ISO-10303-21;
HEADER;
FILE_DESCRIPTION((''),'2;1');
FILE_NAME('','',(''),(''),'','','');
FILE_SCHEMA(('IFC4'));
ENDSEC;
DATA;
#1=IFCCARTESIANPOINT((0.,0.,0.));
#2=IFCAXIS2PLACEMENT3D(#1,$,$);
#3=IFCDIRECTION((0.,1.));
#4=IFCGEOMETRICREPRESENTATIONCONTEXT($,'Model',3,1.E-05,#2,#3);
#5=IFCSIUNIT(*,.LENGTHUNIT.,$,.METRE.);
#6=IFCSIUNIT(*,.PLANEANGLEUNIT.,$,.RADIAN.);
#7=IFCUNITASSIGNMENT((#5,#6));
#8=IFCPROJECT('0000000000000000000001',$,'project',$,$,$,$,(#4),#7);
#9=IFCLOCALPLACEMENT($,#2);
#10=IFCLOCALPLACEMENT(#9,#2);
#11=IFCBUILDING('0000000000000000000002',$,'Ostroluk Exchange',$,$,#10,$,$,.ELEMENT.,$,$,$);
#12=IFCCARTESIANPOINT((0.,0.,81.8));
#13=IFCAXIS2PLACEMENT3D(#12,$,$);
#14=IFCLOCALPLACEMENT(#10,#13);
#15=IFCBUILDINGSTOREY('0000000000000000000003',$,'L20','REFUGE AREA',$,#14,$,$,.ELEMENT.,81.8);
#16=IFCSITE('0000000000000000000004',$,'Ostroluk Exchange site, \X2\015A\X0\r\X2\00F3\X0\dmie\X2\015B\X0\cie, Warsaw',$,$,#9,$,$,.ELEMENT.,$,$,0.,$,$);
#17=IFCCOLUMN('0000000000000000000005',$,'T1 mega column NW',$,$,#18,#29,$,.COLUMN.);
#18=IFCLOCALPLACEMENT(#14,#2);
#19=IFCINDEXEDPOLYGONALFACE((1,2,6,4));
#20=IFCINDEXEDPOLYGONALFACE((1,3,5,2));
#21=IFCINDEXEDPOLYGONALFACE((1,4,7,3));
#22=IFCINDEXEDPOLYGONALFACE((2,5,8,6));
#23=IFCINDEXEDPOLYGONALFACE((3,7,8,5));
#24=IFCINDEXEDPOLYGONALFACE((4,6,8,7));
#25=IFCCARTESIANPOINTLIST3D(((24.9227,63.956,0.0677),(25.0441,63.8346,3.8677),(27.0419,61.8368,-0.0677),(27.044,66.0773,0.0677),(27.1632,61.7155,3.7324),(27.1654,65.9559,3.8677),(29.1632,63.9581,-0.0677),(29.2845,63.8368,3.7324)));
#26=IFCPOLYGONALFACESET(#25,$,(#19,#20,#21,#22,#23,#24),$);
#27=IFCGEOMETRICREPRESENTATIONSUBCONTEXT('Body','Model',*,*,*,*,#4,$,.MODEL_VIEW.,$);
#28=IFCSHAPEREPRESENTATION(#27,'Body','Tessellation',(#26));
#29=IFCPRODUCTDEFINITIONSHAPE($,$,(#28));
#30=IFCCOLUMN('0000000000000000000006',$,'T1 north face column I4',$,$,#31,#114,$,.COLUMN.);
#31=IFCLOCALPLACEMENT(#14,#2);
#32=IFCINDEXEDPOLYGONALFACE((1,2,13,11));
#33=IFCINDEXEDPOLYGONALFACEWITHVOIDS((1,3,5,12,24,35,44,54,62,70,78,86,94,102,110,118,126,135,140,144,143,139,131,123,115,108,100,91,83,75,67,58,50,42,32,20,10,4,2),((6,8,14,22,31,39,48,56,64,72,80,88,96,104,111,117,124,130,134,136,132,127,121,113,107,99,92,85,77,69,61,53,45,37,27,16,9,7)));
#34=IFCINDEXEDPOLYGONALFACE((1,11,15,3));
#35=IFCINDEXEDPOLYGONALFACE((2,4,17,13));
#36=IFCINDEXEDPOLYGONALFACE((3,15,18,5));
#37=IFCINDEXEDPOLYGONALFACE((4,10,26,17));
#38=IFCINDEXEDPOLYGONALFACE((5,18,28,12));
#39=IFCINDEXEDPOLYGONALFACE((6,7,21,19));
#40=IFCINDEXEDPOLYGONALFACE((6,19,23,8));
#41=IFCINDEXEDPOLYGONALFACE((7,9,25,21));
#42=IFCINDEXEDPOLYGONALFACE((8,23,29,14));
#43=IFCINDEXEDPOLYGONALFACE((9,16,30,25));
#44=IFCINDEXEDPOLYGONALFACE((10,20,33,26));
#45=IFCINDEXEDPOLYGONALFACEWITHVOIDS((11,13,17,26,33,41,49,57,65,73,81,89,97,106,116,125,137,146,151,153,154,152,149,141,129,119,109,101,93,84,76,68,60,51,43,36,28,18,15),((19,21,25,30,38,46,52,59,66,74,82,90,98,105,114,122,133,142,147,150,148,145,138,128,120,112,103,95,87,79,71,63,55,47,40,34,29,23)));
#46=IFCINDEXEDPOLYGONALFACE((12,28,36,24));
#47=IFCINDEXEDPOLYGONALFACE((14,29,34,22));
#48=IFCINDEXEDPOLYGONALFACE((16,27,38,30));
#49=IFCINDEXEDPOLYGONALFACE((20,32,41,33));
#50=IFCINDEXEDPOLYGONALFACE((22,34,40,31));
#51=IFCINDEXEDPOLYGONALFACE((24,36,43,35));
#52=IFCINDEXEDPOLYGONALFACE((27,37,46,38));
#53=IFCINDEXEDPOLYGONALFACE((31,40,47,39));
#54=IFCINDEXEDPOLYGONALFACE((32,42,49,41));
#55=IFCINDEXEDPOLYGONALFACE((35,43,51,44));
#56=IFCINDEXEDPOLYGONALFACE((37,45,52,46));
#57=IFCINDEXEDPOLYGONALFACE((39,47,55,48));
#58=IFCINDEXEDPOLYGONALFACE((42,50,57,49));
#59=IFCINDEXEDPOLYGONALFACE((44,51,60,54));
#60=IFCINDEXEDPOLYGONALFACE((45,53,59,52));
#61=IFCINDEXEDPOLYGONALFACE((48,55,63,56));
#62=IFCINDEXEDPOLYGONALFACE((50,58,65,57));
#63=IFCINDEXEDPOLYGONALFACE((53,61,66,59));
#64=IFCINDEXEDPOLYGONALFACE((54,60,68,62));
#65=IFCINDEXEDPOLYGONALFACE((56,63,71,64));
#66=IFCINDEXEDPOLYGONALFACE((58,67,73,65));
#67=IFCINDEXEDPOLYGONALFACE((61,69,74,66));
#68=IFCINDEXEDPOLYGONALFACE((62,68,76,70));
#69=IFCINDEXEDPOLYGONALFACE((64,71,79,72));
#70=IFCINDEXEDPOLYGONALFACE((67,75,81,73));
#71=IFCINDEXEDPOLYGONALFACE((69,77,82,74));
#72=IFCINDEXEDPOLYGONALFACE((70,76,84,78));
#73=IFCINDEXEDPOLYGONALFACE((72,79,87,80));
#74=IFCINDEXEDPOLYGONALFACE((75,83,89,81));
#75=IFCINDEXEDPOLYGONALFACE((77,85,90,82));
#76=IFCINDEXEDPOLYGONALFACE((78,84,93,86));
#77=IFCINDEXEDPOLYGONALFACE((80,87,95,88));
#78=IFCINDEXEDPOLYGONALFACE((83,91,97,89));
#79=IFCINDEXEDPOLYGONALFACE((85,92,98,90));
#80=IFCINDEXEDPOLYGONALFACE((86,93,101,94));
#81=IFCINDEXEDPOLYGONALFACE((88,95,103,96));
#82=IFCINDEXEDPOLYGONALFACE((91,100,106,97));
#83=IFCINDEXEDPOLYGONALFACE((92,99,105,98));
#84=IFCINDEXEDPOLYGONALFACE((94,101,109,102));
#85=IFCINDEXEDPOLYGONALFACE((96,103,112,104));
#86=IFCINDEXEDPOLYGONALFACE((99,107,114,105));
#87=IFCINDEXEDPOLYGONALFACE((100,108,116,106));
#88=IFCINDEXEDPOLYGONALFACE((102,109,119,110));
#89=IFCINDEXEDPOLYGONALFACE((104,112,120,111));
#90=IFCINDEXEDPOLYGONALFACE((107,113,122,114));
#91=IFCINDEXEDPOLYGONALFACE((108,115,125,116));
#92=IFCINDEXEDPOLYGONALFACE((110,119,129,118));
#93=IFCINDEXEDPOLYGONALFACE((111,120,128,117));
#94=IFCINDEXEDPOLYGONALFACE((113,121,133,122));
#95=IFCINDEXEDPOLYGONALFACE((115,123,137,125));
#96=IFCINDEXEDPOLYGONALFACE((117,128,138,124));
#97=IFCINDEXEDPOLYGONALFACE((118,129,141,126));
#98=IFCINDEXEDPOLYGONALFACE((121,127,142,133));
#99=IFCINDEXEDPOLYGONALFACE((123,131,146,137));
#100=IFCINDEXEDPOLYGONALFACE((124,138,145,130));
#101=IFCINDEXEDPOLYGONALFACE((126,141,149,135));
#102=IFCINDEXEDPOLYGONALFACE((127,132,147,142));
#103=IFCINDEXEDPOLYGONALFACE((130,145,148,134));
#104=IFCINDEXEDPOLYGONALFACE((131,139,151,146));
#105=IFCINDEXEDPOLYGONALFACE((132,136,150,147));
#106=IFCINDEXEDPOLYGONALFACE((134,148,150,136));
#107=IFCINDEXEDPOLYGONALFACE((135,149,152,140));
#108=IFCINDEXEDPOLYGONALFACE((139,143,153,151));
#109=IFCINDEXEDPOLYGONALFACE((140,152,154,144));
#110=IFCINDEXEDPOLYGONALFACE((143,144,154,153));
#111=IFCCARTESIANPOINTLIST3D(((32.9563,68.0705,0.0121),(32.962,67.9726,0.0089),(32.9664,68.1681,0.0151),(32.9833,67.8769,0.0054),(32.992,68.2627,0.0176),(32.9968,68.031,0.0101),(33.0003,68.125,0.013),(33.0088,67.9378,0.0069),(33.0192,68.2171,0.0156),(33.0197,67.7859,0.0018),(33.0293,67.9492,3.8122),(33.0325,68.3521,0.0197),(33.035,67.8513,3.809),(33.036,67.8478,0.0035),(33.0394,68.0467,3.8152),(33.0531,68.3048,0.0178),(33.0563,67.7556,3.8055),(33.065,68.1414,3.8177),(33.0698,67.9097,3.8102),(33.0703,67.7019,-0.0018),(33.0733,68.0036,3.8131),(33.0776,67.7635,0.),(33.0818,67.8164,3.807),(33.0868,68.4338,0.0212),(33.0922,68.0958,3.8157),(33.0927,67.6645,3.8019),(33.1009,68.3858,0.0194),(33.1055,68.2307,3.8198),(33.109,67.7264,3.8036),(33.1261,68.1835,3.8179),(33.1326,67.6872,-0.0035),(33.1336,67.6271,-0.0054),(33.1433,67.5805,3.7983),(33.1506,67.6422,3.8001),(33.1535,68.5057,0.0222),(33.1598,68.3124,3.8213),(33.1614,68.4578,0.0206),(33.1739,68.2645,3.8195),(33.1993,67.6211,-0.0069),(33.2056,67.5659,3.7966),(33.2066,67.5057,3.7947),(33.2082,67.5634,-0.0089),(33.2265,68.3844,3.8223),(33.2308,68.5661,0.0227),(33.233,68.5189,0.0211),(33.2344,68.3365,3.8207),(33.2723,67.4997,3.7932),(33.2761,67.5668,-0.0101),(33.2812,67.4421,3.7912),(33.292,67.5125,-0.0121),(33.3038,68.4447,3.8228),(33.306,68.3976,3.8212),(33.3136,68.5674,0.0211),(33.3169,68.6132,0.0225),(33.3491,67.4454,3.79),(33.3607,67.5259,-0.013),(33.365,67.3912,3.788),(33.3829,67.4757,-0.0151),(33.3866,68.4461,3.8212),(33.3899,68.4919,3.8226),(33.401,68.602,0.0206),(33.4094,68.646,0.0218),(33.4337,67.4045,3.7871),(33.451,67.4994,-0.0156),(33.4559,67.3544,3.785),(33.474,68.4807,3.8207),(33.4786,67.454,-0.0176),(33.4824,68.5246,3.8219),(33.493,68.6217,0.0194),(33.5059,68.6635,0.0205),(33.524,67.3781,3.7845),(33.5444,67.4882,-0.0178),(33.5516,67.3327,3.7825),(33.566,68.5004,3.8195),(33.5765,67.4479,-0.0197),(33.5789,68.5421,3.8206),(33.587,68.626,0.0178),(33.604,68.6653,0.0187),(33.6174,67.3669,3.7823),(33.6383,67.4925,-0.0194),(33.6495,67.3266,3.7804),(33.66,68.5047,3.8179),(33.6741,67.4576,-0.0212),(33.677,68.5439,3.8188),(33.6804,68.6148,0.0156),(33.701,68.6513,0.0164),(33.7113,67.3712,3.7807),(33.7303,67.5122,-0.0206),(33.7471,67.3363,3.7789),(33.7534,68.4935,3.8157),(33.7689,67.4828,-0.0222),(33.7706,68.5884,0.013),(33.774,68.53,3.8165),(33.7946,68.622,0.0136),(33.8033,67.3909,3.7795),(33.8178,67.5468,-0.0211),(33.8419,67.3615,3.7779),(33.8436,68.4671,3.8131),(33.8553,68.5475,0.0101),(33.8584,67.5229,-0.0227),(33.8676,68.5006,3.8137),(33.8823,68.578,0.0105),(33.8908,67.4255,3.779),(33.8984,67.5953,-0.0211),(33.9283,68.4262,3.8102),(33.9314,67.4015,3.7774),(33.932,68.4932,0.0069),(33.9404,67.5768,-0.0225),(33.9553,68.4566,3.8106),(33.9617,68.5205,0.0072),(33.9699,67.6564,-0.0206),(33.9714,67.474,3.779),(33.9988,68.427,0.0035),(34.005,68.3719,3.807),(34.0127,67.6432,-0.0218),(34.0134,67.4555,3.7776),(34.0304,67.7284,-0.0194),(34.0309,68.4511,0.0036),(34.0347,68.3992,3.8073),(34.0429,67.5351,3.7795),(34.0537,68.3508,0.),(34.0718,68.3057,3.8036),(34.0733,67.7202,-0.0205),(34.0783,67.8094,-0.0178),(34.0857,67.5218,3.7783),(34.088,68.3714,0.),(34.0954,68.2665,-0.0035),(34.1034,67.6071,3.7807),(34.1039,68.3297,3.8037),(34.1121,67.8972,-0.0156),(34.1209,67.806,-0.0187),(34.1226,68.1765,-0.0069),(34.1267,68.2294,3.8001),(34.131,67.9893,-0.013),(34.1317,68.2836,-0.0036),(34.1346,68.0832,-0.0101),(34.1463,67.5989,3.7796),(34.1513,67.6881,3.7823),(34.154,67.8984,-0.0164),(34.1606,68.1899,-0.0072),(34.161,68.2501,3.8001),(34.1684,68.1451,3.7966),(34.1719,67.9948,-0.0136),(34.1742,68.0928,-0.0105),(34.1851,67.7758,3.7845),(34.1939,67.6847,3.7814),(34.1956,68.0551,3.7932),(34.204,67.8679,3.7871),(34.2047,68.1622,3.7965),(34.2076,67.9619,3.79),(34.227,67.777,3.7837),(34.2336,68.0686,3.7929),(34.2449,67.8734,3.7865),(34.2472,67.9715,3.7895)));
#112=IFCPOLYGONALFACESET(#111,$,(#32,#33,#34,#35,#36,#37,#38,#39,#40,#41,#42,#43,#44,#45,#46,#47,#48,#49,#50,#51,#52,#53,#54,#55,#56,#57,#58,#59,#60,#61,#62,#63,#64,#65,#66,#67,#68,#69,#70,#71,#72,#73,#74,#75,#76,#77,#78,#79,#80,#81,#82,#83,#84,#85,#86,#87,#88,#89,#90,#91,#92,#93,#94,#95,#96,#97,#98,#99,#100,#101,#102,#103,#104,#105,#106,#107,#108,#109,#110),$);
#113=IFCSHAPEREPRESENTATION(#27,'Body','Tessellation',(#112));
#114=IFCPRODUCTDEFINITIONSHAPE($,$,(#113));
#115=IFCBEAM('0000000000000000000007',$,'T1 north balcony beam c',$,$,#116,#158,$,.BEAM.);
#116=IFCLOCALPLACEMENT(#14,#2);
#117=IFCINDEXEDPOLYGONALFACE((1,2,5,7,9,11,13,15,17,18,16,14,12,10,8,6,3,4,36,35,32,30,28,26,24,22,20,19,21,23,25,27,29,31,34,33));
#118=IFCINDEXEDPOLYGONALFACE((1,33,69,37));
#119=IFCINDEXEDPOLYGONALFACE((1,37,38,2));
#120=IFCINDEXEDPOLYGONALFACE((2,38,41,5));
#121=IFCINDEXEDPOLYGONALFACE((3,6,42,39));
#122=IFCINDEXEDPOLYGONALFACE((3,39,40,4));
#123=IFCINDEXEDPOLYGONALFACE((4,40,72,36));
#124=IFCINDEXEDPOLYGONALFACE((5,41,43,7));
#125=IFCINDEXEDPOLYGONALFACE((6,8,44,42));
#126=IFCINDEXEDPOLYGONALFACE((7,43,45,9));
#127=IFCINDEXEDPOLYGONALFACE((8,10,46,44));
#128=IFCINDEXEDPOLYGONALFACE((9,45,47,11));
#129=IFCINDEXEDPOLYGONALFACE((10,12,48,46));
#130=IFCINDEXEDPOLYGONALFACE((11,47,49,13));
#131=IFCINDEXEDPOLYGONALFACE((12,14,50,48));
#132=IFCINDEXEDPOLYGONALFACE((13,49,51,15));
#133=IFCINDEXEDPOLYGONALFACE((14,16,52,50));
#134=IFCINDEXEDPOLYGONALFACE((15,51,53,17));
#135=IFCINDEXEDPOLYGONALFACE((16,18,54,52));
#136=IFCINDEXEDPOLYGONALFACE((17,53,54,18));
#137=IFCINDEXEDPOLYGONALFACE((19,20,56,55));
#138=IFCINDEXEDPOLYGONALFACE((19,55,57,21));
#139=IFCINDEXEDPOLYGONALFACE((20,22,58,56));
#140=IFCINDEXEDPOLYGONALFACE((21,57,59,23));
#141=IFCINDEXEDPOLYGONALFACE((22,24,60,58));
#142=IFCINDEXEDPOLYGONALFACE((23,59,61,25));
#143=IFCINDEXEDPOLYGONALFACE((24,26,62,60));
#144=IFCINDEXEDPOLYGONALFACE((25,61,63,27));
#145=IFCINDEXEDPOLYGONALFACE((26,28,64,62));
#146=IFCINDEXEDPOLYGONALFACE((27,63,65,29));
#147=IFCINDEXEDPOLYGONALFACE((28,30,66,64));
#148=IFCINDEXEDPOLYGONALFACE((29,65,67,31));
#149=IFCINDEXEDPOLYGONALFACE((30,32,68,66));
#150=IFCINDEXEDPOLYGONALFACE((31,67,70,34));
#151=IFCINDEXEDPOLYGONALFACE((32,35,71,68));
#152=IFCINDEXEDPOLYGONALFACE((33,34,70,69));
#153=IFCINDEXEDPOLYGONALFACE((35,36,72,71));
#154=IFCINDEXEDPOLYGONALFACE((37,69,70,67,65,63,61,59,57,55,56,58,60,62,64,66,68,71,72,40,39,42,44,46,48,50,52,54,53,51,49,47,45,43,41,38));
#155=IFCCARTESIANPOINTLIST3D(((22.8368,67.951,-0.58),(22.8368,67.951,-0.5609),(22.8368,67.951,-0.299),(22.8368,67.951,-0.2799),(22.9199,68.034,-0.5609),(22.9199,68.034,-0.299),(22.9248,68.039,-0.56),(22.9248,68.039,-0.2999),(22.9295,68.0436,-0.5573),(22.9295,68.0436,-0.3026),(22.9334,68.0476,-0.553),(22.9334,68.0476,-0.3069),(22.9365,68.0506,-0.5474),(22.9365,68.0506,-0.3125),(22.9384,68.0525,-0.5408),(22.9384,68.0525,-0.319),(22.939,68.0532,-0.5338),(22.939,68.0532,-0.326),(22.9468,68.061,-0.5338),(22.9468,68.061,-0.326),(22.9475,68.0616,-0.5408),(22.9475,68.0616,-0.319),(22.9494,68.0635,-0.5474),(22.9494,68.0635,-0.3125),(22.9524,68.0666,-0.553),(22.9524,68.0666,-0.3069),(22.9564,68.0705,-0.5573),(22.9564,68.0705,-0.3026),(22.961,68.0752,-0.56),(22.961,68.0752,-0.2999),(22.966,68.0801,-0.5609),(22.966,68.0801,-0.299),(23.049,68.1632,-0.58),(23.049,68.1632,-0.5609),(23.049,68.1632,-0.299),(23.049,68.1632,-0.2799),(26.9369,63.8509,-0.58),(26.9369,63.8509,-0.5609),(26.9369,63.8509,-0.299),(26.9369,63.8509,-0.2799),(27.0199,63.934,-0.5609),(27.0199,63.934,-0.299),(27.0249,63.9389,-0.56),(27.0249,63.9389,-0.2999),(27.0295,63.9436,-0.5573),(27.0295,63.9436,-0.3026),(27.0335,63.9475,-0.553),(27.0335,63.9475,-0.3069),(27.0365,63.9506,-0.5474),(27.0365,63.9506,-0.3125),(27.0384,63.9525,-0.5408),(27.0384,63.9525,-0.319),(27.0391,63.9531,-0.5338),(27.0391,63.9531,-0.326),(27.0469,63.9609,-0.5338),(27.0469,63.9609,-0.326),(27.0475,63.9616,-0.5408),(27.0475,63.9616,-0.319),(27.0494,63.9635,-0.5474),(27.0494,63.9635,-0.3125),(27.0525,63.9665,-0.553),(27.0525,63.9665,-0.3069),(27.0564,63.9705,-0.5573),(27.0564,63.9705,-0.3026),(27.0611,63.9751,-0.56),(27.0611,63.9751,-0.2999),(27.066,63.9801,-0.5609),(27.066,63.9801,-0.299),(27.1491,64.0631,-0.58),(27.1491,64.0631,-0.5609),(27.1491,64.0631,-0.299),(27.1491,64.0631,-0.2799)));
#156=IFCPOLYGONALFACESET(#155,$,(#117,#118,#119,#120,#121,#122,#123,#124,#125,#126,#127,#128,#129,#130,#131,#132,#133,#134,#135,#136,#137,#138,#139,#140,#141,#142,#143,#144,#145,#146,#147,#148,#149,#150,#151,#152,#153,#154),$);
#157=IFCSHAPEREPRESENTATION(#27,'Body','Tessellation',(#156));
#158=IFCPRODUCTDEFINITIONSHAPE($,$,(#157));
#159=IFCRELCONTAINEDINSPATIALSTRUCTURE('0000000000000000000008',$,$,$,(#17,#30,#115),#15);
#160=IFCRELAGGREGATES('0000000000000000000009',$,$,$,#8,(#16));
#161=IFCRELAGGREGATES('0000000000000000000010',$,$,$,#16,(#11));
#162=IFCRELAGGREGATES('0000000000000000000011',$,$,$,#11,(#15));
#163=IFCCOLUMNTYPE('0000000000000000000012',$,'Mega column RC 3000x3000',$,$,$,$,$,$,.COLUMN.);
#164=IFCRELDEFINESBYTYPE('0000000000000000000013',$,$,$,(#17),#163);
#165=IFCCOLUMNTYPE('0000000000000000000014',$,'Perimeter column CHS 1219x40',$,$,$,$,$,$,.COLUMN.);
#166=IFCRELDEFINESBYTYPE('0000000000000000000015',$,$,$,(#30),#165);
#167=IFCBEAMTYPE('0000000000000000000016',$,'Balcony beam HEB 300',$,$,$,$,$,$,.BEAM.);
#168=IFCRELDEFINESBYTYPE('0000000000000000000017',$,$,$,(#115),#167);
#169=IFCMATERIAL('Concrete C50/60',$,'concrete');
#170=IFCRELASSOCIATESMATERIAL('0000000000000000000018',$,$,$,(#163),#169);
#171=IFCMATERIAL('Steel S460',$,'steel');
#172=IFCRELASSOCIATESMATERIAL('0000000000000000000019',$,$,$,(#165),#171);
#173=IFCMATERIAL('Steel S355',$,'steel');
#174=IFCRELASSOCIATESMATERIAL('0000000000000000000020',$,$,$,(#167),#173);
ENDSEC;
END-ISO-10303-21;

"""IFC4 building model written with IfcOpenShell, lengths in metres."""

from ifc_helpers import new_model, si_unit, direction, frame, origin, origin_2d, place, context, subcontext, project, spatial, rectangle, hollow_circle, i_section, extrude, material, material_profile, profile_set, type_object, element, save


model = new_model("IFC4")

# Units and contexts
model_context = context("Model", 3, precision=1e-05, world=origin(), true_north=direction((0.0, 1.0)))
body_context = subcontext(model_context, "Body", "Model", "MODEL_VIEW")
ifc_project = project(units=[si_unit("LENGTHUNIT", "METRE"), si_unit("PLANEANGLEUNIT", "RADIAN")], contexts=[model_context])

# Site, building, storey
site_placement = place(None, origin())
site = spatial("IfcSite", under=ifc_project, at=site_placement, Name="Ostroluk Exchange site, Śródmieście, Warsaw", CompositionType="ELEMENT", RefElevation=0.0)
building_placement = place(site_placement, origin())
building = spatial("IfcBuilding", under=site, at=building_placement, Name="Ostroluk Exchange", CompositionType="ELEMENT")
storey_placement = place(building_placement, frame((0.0, 0.0, 81.8)))
storey = spatial("IfcBuildingStorey", under=building, at=storey_placement, Name="L20", Description="REFUGE AREA", CompositionType="ELEMENT", Elevation=81.8)

# Columns
ifc_material_1 = material(Name="Concrete C50/60", Category="concrete")
ifc_material_profile_1 = material_profile(ifc_material_1, rectangle(XDim=3.0, YDim=3.0, at=origin_2d()), Name="RC 3000x3000")
ifc_profile_set_1 = profile_set([ifc_material_profile_1], Name="Concrete C50/60")
column_type_1 = type_object("IfcColumnType", Name="Mega column RC 3000x3000", PredefinedType="COLUMN", material=ifc_profile_set_1)
column_1_placement = place(storey_placement, frame((27.043, 63.957, 0.0), z_axis=(0.031898, -0.031898, 0.998982), x_axis=(0.707107, 0.707107, 0.0)))
element("IfcColumn", 1, at=column_1_placement, inside=storey, type_object=column_type_1, Name="T1 mega column NW", PredefinedType="COLUMN", context=body_context, shape_type="SweptSolid", body=[
    extrude(rectangle(XDim=3.0, YDim=3.0, at=origin_2d()), origin(), (0.0, 0.0, 1.0), 3.804),
])
ifc_material_2 = material(Name="Steel S460", Category="steel")
ifc_material_profile_2 = material_profile(ifc_material_2, hollow_circle(Radius=0.6096, WallThickness=0.04, at=origin_2d()), Name="CHS 1219x40")
ifc_profile_set_2 = profile_set([ifc_material_profile_2], Name="Steel S460")
column_type_2 = type_object("IfcColumnType", Name="Perimeter column CHS 1219x40", PredefinedType="COLUMN", material=ifc_profile_set_2)
column_2_placement = place(storey_placement, frame((33.5657, 68.0571, 0.0), z_axis=(0.019196, -0.031908, 0.999306), x_axis=(0.856884, 0.51551, 0.0)))
element("IfcColumn", 2, at=column_2_placement, inside=storey, type_object=column_type_2, Name="T1 north face column I4", PredefinedType="COLUMN", context=body_context, shape_type="SweptSolid", body=[
    extrude(hollow_circle(Radius=0.6096, WallThickness=0.04, at=origin_2d()), origin(), (0.0, 0.0, 1.0), 3.8027),
])

# Beam
ifc_material_3 = material(Name="Steel S355", Category="steel")
ifc_material_profile_3 = material_profile(ifc_material_3, i_section(OverallWidth=0.3, OverallDepth=0.3, WebThickness=0.011, FlangeThickness=0.019, FilletRadius=0.0271, at=origin_2d()), Name="HEB 300")
ifc_profile_set_3 = profile_set([ifc_material_profile_3], Name="Steel S355")
beam_type_1 = type_object("IfcBeamType", Name="Balcony beam HEB 300", PredefinedType="BEAM", material=ifc_profile_set_3)
beam_placement = place(storey_placement, frame((27.043, 63.957, -0.4299), z_axis=(-0.707107, 0.707107, 0.0), x_axis=(-0.707107, -0.707107, 0.0)))
element("IfcBeam", 3, at=beam_placement, inside=storey, type_object=beam_type_1, Name="T1 north balcony beam c", PredefinedType="BEAM", context=body_context, shape_type="SweptSolid", body=[
    extrude(i_section(OverallWidth=0.3, OverallDepth=0.3, WebThickness=0.011, FlangeThickness=0.019, FilletRadius=0.0271, at=origin_2d()), origin(), (0.0, 0.0, 1.0), 5.7983),
])

save(model, "model.ifc")
